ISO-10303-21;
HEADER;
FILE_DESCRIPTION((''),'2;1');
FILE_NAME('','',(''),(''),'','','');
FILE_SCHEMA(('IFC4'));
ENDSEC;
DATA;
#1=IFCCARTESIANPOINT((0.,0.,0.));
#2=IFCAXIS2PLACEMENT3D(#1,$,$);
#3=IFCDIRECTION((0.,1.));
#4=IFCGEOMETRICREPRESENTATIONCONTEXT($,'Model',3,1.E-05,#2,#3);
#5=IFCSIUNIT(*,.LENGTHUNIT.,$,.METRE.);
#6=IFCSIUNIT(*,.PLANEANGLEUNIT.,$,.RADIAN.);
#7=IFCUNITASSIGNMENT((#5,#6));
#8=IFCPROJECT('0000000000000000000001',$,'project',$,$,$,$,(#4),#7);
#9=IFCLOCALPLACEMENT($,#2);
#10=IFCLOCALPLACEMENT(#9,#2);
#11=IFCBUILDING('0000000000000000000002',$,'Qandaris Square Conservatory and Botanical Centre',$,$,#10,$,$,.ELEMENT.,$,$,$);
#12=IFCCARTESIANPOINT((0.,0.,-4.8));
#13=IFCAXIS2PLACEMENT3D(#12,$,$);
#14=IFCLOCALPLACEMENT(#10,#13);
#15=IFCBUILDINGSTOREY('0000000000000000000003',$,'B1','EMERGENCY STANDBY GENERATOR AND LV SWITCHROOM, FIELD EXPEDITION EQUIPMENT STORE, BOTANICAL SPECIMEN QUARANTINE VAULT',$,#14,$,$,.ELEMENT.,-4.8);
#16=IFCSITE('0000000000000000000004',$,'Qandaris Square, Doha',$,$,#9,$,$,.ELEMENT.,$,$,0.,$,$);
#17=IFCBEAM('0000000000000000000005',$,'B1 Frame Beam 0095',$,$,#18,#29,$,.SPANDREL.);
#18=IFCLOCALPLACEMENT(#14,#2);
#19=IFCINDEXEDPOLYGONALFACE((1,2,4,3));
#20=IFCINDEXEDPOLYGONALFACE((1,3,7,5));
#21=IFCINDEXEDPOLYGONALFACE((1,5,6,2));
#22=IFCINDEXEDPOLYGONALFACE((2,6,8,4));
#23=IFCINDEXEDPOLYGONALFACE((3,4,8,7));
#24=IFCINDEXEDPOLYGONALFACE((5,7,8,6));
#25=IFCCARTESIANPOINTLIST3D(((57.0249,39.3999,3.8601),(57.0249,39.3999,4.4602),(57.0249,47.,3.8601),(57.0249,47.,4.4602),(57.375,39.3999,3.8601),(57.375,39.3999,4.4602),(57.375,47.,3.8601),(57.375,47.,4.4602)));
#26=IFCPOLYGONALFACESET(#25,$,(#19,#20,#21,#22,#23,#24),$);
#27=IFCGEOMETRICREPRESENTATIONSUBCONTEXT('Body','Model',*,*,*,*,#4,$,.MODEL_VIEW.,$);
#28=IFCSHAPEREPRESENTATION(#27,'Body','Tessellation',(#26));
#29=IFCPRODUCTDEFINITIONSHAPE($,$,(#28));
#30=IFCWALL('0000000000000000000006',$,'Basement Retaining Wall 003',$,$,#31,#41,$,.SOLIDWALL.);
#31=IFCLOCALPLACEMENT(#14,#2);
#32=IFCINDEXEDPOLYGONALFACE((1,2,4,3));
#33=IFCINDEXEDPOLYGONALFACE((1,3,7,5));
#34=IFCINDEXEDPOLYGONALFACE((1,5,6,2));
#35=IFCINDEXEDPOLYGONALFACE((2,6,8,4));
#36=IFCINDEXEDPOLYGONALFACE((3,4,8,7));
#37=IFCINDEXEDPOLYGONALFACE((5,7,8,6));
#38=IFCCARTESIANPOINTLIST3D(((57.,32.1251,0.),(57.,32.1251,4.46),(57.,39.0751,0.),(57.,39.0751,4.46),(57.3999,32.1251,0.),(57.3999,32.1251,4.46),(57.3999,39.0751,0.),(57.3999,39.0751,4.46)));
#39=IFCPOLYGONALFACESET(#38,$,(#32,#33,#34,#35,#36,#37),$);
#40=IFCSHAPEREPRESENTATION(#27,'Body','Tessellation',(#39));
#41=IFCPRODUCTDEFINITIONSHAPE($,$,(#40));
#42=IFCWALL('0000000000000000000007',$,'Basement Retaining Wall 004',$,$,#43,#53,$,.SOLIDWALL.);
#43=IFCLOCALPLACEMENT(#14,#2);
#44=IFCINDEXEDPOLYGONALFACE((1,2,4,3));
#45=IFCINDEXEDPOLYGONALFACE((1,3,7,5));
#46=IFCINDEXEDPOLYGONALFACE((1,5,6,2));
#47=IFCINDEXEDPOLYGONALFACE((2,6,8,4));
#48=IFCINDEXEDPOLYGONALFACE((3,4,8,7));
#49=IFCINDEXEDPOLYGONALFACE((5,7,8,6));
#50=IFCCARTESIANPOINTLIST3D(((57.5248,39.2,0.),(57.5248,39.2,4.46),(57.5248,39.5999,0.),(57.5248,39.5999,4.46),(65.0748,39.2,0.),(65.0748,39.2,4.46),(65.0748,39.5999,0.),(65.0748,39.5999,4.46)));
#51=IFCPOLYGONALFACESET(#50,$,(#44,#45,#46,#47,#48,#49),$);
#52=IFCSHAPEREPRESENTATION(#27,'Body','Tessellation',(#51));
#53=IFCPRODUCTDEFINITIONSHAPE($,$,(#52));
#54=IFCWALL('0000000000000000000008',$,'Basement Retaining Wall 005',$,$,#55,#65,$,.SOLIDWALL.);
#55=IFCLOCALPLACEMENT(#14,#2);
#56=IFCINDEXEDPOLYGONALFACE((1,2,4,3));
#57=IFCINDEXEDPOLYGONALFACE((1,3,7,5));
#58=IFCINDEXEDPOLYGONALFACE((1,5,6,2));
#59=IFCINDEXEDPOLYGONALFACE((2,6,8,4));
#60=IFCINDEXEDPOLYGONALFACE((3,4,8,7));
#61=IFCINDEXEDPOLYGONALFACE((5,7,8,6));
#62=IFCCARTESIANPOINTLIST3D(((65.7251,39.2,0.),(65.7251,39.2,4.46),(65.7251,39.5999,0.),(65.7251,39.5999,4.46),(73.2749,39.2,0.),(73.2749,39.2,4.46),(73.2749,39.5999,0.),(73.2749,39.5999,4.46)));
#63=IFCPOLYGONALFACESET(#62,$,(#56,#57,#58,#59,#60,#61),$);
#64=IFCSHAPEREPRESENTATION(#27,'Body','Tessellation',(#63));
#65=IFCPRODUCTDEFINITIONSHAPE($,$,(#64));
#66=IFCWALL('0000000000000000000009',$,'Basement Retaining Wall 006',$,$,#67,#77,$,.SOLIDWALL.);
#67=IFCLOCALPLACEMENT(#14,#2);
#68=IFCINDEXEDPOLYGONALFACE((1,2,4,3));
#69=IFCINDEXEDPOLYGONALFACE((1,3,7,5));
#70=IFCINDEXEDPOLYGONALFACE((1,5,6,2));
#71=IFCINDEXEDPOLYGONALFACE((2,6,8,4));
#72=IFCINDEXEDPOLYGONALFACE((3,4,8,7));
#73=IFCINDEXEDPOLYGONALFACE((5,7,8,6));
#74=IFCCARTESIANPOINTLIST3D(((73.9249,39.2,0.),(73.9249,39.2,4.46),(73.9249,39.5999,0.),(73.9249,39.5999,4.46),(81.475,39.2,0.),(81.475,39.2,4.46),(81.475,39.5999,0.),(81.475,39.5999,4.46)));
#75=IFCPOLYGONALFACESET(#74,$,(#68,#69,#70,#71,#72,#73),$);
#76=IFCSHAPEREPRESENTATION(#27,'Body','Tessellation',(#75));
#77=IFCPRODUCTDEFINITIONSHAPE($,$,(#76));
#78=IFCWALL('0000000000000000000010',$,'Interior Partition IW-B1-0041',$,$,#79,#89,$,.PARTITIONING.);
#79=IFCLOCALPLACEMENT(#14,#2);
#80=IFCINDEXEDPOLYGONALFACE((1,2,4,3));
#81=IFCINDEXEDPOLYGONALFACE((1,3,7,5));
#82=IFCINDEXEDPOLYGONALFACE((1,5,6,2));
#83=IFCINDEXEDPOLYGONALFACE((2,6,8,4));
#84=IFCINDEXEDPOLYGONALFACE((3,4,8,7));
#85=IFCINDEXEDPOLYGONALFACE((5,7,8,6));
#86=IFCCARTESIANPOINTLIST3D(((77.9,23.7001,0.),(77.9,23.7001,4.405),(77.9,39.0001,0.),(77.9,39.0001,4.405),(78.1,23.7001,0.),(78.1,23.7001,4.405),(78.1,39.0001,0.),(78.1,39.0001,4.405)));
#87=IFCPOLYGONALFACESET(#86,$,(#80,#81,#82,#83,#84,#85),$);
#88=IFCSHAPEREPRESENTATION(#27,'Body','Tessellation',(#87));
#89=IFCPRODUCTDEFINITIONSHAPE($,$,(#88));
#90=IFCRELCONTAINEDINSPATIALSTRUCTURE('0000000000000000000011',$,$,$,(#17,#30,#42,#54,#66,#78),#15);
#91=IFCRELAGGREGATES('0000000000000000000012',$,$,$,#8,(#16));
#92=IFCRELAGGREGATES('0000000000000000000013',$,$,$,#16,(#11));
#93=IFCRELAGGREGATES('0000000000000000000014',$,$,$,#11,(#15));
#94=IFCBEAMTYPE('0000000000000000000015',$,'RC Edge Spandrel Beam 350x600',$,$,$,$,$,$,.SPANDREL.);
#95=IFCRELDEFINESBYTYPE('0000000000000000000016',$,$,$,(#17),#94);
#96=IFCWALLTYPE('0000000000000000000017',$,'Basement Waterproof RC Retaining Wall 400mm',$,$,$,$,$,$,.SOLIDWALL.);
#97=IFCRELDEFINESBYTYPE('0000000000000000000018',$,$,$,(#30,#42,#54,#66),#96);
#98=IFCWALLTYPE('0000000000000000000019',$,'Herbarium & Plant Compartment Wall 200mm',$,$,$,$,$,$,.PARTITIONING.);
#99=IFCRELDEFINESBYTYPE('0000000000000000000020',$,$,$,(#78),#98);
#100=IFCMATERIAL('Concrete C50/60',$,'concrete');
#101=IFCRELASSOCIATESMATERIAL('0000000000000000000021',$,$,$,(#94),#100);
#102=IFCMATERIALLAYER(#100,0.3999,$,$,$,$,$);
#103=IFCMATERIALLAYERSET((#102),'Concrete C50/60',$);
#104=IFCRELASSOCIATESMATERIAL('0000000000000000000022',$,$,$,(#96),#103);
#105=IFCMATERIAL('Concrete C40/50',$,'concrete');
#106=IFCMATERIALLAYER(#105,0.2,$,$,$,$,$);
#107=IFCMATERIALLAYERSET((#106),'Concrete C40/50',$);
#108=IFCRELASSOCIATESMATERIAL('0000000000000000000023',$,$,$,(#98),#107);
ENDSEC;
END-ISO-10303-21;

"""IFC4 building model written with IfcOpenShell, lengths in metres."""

from ifc_helpers import new_model, si_unit, direction, frame, frame_2d, origin, origin_2d, place, context, subcontext, project, spatial, rectangle, extrude, material, layer, layer_set, material_profile, profile_set, type_object, element, save


model = new_model("IFC4")

# Units and contexts
model_context = context("Model", 3, precision=1e-05, world=origin(), true_north=direction((0.0, 1.0)))
body_context = subcontext(model_context, "Body", "Model", "MODEL_VIEW")
ifc_project = project(units=[si_unit("LENGTHUNIT", "METRE"), si_unit("PLANEANGLEUNIT", "RADIAN")], contexts=[model_context])

# Site, building, storey
site_placement = place(None, origin())
site = spatial("IfcSite", under=ifc_project, at=site_placement, Name="Qandaris Square, Doha", CompositionType="ELEMENT", RefElevation=0.0)
building_placement = place(site_placement, origin())
building = spatial("IfcBuilding", under=site, at=building_placement, Name="Qandaris Square Conservatory and Botanical Centre", CompositionType="ELEMENT")
storey_placement = place(building_placement, frame((0.0, 0.0, -4.8)))
storey = spatial("IfcBuildingStorey", under=building, at=storey_placement, Name="B1", Description="EMERGENCY STANDBY GENERATOR AND LV SWITCHROOM, FIELD EXPEDITION EQUIPMENT STORE, BOTANICAL SPECIMEN QUARANTINE VAULT", CompositionType="ELEMENT", Elevation=-4.8)

# Shared definitions
ifc_material_1 = material(Name="Concrete C50/60", Category="concrete")

# Shared definitions
ifc_material_2 = material(Name="Concrete C40/50", Category="concrete")

# Beam
ifc_material_profile_1 = material_profile(ifc_material_1, rectangle(XDim=0.3501, YDim=0.6001, at=origin_2d()), Name="RC-SP 350x600")
ifc_profile_set_1 = profile_set([ifc_material_profile_1], Name="Concrete C50/60")
beam_type = type_object("IfcBeamType", Name="RC Edge Spandrel Beam 350x600", PredefinedType="SPANDREL", material=ifc_profile_set_1)
beam_1_placement = place(storey_placement, frame((57.2, 39.3999, 4.1602), z_axis=(0.0, 1.0, 0.0), x_axis=(-1.0, 0.0, 0.0)))
element("IfcBeam", 1, at=beam_1_placement, inside=storey, type_object=beam_type, Name="B1 Frame Beam 0095", PredefinedType="SPANDREL", context=body_context, shape_type="SweptSolid", body=[
    extrude(rectangle(XDim=0.3501, YDim=0.6001, at=origin_2d()), origin(), (0.0, 0.0, 1.0), 7.6001),
])

# Walls
ifc_layer_1 = layer(ifc_material_1, 0.3999)
ifc_layer_set_1 = layer_set([ifc_layer_1], Name="Concrete C50/60")
wall_type_1 = type_object("IfcWallType", Name="Basement Waterproof RC Retaining Wall 400mm", PredefinedType="SOLIDWALL", material=ifc_layer_set_1)
wall_1_placement = place(storey_placement, frame((57.2, 32.125, 0.0), z_axis=(0.0, 0.0, 1.0), x_axis=(0.0, 1.0, 0.0)))
element("IfcWall", 2, at=wall_1_placement, inside=storey, type_object=wall_type_1, Name="Basement Retaining Wall 003", PredefinedType="SOLIDWALL", context=body_context, shape_type="SweptSolid", body=[
    extrude(rectangle(XDim=6.95, YDim=0.3999, at=frame_2d((3.4751, 0.0))), origin(), (0.0, 0.0, 1.0), 4.46),
])
wall_2_placement = place(storey_placement, frame((57.5249, 39.3999, 0.0), z_axis=(0.0, 0.0, 1.0), x_axis=(1.0, 0.0, 0.0)))
element("IfcWall", 3, at=wall_2_placement, inside=storey, type_object=wall_type_1, Name="Basement Retaining Wall 004", PredefinedType="SOLIDWALL", context=body_context, shape_type="SweptSolid", body=[
    extrude(rectangle(XDim=7.55, YDim=0.3999, at=frame_2d((3.7749, 0.0))), origin(), (0.0, 0.0, 1.0), 4.46),
])
wall_3_placement = place(storey_placement, frame((65.7251, 39.3999, 0.0), z_axis=(0.0, 0.0, 1.0), x_axis=(1.0, 0.0, 0.0)))
element("IfcWall", 4, at=wall_3_placement, inside=storey, type_object=wall_type_1, Name="Basement Retaining Wall 005", PredefinedType="SOLIDWALL", context=body_context, shape_type="SweptSolid", body=[
    extrude(rectangle(XDim=7.5498, YDim=0.3999, at=frame_2d((3.7749, 0.0))), origin(), (0.0, 0.0, 1.0), 4.46),
])
wall_4_placement = place(storey_placement, frame((73.925, 39.3999, 0.0), z_axis=(0.0, 0.0, 1.0), x_axis=(1.0, 0.0, 0.0)))
element("IfcWall", 5, at=wall_4_placement, inside=storey, type_object=wall_type_1, Name="Basement Retaining Wall 006", PredefinedType="SOLIDWALL", context=body_context, shape_type="SweptSolid", body=[
    extrude(rectangle(XDim=7.55, YDim=0.3999, at=frame_2d((3.7749, 0.0))), origin(), (0.0, 0.0, 1.0), 4.46),
])
ifc_layer_2 = layer(ifc_material_2, 0.2)
ifc_layer_set_2 = layer_set([ifc_layer_2], Name="Concrete C40/50")
wall_type_2 = type_object("IfcWallType", Name="Herbarium & Plant Compartment Wall 200mm", PredefinedType="PARTITIONING", material=ifc_layer_set_2)
wall_5_placement = place(storey_placement, frame((78.0, 39.0, 0.0), z_axis=(0.0, 0.0, 1.0), x_axis=(0.0, -1.0, 0.0)))
element("IfcWall", 6, at=wall_5_placement, inside=storey, type_object=wall_type_2, Name="Interior Partition IW-B1-0041", PredefinedType="PARTITIONING", context=body_context, shape_type="SweptSolid", body=[
    extrude(rectangle(XDim=15.3, YDim=0.2, at=frame_2d((7.6499, 0.0))), origin(), (0.0, 0.0, 1.0), 4.405),
])

save(model, "model.ifc")
